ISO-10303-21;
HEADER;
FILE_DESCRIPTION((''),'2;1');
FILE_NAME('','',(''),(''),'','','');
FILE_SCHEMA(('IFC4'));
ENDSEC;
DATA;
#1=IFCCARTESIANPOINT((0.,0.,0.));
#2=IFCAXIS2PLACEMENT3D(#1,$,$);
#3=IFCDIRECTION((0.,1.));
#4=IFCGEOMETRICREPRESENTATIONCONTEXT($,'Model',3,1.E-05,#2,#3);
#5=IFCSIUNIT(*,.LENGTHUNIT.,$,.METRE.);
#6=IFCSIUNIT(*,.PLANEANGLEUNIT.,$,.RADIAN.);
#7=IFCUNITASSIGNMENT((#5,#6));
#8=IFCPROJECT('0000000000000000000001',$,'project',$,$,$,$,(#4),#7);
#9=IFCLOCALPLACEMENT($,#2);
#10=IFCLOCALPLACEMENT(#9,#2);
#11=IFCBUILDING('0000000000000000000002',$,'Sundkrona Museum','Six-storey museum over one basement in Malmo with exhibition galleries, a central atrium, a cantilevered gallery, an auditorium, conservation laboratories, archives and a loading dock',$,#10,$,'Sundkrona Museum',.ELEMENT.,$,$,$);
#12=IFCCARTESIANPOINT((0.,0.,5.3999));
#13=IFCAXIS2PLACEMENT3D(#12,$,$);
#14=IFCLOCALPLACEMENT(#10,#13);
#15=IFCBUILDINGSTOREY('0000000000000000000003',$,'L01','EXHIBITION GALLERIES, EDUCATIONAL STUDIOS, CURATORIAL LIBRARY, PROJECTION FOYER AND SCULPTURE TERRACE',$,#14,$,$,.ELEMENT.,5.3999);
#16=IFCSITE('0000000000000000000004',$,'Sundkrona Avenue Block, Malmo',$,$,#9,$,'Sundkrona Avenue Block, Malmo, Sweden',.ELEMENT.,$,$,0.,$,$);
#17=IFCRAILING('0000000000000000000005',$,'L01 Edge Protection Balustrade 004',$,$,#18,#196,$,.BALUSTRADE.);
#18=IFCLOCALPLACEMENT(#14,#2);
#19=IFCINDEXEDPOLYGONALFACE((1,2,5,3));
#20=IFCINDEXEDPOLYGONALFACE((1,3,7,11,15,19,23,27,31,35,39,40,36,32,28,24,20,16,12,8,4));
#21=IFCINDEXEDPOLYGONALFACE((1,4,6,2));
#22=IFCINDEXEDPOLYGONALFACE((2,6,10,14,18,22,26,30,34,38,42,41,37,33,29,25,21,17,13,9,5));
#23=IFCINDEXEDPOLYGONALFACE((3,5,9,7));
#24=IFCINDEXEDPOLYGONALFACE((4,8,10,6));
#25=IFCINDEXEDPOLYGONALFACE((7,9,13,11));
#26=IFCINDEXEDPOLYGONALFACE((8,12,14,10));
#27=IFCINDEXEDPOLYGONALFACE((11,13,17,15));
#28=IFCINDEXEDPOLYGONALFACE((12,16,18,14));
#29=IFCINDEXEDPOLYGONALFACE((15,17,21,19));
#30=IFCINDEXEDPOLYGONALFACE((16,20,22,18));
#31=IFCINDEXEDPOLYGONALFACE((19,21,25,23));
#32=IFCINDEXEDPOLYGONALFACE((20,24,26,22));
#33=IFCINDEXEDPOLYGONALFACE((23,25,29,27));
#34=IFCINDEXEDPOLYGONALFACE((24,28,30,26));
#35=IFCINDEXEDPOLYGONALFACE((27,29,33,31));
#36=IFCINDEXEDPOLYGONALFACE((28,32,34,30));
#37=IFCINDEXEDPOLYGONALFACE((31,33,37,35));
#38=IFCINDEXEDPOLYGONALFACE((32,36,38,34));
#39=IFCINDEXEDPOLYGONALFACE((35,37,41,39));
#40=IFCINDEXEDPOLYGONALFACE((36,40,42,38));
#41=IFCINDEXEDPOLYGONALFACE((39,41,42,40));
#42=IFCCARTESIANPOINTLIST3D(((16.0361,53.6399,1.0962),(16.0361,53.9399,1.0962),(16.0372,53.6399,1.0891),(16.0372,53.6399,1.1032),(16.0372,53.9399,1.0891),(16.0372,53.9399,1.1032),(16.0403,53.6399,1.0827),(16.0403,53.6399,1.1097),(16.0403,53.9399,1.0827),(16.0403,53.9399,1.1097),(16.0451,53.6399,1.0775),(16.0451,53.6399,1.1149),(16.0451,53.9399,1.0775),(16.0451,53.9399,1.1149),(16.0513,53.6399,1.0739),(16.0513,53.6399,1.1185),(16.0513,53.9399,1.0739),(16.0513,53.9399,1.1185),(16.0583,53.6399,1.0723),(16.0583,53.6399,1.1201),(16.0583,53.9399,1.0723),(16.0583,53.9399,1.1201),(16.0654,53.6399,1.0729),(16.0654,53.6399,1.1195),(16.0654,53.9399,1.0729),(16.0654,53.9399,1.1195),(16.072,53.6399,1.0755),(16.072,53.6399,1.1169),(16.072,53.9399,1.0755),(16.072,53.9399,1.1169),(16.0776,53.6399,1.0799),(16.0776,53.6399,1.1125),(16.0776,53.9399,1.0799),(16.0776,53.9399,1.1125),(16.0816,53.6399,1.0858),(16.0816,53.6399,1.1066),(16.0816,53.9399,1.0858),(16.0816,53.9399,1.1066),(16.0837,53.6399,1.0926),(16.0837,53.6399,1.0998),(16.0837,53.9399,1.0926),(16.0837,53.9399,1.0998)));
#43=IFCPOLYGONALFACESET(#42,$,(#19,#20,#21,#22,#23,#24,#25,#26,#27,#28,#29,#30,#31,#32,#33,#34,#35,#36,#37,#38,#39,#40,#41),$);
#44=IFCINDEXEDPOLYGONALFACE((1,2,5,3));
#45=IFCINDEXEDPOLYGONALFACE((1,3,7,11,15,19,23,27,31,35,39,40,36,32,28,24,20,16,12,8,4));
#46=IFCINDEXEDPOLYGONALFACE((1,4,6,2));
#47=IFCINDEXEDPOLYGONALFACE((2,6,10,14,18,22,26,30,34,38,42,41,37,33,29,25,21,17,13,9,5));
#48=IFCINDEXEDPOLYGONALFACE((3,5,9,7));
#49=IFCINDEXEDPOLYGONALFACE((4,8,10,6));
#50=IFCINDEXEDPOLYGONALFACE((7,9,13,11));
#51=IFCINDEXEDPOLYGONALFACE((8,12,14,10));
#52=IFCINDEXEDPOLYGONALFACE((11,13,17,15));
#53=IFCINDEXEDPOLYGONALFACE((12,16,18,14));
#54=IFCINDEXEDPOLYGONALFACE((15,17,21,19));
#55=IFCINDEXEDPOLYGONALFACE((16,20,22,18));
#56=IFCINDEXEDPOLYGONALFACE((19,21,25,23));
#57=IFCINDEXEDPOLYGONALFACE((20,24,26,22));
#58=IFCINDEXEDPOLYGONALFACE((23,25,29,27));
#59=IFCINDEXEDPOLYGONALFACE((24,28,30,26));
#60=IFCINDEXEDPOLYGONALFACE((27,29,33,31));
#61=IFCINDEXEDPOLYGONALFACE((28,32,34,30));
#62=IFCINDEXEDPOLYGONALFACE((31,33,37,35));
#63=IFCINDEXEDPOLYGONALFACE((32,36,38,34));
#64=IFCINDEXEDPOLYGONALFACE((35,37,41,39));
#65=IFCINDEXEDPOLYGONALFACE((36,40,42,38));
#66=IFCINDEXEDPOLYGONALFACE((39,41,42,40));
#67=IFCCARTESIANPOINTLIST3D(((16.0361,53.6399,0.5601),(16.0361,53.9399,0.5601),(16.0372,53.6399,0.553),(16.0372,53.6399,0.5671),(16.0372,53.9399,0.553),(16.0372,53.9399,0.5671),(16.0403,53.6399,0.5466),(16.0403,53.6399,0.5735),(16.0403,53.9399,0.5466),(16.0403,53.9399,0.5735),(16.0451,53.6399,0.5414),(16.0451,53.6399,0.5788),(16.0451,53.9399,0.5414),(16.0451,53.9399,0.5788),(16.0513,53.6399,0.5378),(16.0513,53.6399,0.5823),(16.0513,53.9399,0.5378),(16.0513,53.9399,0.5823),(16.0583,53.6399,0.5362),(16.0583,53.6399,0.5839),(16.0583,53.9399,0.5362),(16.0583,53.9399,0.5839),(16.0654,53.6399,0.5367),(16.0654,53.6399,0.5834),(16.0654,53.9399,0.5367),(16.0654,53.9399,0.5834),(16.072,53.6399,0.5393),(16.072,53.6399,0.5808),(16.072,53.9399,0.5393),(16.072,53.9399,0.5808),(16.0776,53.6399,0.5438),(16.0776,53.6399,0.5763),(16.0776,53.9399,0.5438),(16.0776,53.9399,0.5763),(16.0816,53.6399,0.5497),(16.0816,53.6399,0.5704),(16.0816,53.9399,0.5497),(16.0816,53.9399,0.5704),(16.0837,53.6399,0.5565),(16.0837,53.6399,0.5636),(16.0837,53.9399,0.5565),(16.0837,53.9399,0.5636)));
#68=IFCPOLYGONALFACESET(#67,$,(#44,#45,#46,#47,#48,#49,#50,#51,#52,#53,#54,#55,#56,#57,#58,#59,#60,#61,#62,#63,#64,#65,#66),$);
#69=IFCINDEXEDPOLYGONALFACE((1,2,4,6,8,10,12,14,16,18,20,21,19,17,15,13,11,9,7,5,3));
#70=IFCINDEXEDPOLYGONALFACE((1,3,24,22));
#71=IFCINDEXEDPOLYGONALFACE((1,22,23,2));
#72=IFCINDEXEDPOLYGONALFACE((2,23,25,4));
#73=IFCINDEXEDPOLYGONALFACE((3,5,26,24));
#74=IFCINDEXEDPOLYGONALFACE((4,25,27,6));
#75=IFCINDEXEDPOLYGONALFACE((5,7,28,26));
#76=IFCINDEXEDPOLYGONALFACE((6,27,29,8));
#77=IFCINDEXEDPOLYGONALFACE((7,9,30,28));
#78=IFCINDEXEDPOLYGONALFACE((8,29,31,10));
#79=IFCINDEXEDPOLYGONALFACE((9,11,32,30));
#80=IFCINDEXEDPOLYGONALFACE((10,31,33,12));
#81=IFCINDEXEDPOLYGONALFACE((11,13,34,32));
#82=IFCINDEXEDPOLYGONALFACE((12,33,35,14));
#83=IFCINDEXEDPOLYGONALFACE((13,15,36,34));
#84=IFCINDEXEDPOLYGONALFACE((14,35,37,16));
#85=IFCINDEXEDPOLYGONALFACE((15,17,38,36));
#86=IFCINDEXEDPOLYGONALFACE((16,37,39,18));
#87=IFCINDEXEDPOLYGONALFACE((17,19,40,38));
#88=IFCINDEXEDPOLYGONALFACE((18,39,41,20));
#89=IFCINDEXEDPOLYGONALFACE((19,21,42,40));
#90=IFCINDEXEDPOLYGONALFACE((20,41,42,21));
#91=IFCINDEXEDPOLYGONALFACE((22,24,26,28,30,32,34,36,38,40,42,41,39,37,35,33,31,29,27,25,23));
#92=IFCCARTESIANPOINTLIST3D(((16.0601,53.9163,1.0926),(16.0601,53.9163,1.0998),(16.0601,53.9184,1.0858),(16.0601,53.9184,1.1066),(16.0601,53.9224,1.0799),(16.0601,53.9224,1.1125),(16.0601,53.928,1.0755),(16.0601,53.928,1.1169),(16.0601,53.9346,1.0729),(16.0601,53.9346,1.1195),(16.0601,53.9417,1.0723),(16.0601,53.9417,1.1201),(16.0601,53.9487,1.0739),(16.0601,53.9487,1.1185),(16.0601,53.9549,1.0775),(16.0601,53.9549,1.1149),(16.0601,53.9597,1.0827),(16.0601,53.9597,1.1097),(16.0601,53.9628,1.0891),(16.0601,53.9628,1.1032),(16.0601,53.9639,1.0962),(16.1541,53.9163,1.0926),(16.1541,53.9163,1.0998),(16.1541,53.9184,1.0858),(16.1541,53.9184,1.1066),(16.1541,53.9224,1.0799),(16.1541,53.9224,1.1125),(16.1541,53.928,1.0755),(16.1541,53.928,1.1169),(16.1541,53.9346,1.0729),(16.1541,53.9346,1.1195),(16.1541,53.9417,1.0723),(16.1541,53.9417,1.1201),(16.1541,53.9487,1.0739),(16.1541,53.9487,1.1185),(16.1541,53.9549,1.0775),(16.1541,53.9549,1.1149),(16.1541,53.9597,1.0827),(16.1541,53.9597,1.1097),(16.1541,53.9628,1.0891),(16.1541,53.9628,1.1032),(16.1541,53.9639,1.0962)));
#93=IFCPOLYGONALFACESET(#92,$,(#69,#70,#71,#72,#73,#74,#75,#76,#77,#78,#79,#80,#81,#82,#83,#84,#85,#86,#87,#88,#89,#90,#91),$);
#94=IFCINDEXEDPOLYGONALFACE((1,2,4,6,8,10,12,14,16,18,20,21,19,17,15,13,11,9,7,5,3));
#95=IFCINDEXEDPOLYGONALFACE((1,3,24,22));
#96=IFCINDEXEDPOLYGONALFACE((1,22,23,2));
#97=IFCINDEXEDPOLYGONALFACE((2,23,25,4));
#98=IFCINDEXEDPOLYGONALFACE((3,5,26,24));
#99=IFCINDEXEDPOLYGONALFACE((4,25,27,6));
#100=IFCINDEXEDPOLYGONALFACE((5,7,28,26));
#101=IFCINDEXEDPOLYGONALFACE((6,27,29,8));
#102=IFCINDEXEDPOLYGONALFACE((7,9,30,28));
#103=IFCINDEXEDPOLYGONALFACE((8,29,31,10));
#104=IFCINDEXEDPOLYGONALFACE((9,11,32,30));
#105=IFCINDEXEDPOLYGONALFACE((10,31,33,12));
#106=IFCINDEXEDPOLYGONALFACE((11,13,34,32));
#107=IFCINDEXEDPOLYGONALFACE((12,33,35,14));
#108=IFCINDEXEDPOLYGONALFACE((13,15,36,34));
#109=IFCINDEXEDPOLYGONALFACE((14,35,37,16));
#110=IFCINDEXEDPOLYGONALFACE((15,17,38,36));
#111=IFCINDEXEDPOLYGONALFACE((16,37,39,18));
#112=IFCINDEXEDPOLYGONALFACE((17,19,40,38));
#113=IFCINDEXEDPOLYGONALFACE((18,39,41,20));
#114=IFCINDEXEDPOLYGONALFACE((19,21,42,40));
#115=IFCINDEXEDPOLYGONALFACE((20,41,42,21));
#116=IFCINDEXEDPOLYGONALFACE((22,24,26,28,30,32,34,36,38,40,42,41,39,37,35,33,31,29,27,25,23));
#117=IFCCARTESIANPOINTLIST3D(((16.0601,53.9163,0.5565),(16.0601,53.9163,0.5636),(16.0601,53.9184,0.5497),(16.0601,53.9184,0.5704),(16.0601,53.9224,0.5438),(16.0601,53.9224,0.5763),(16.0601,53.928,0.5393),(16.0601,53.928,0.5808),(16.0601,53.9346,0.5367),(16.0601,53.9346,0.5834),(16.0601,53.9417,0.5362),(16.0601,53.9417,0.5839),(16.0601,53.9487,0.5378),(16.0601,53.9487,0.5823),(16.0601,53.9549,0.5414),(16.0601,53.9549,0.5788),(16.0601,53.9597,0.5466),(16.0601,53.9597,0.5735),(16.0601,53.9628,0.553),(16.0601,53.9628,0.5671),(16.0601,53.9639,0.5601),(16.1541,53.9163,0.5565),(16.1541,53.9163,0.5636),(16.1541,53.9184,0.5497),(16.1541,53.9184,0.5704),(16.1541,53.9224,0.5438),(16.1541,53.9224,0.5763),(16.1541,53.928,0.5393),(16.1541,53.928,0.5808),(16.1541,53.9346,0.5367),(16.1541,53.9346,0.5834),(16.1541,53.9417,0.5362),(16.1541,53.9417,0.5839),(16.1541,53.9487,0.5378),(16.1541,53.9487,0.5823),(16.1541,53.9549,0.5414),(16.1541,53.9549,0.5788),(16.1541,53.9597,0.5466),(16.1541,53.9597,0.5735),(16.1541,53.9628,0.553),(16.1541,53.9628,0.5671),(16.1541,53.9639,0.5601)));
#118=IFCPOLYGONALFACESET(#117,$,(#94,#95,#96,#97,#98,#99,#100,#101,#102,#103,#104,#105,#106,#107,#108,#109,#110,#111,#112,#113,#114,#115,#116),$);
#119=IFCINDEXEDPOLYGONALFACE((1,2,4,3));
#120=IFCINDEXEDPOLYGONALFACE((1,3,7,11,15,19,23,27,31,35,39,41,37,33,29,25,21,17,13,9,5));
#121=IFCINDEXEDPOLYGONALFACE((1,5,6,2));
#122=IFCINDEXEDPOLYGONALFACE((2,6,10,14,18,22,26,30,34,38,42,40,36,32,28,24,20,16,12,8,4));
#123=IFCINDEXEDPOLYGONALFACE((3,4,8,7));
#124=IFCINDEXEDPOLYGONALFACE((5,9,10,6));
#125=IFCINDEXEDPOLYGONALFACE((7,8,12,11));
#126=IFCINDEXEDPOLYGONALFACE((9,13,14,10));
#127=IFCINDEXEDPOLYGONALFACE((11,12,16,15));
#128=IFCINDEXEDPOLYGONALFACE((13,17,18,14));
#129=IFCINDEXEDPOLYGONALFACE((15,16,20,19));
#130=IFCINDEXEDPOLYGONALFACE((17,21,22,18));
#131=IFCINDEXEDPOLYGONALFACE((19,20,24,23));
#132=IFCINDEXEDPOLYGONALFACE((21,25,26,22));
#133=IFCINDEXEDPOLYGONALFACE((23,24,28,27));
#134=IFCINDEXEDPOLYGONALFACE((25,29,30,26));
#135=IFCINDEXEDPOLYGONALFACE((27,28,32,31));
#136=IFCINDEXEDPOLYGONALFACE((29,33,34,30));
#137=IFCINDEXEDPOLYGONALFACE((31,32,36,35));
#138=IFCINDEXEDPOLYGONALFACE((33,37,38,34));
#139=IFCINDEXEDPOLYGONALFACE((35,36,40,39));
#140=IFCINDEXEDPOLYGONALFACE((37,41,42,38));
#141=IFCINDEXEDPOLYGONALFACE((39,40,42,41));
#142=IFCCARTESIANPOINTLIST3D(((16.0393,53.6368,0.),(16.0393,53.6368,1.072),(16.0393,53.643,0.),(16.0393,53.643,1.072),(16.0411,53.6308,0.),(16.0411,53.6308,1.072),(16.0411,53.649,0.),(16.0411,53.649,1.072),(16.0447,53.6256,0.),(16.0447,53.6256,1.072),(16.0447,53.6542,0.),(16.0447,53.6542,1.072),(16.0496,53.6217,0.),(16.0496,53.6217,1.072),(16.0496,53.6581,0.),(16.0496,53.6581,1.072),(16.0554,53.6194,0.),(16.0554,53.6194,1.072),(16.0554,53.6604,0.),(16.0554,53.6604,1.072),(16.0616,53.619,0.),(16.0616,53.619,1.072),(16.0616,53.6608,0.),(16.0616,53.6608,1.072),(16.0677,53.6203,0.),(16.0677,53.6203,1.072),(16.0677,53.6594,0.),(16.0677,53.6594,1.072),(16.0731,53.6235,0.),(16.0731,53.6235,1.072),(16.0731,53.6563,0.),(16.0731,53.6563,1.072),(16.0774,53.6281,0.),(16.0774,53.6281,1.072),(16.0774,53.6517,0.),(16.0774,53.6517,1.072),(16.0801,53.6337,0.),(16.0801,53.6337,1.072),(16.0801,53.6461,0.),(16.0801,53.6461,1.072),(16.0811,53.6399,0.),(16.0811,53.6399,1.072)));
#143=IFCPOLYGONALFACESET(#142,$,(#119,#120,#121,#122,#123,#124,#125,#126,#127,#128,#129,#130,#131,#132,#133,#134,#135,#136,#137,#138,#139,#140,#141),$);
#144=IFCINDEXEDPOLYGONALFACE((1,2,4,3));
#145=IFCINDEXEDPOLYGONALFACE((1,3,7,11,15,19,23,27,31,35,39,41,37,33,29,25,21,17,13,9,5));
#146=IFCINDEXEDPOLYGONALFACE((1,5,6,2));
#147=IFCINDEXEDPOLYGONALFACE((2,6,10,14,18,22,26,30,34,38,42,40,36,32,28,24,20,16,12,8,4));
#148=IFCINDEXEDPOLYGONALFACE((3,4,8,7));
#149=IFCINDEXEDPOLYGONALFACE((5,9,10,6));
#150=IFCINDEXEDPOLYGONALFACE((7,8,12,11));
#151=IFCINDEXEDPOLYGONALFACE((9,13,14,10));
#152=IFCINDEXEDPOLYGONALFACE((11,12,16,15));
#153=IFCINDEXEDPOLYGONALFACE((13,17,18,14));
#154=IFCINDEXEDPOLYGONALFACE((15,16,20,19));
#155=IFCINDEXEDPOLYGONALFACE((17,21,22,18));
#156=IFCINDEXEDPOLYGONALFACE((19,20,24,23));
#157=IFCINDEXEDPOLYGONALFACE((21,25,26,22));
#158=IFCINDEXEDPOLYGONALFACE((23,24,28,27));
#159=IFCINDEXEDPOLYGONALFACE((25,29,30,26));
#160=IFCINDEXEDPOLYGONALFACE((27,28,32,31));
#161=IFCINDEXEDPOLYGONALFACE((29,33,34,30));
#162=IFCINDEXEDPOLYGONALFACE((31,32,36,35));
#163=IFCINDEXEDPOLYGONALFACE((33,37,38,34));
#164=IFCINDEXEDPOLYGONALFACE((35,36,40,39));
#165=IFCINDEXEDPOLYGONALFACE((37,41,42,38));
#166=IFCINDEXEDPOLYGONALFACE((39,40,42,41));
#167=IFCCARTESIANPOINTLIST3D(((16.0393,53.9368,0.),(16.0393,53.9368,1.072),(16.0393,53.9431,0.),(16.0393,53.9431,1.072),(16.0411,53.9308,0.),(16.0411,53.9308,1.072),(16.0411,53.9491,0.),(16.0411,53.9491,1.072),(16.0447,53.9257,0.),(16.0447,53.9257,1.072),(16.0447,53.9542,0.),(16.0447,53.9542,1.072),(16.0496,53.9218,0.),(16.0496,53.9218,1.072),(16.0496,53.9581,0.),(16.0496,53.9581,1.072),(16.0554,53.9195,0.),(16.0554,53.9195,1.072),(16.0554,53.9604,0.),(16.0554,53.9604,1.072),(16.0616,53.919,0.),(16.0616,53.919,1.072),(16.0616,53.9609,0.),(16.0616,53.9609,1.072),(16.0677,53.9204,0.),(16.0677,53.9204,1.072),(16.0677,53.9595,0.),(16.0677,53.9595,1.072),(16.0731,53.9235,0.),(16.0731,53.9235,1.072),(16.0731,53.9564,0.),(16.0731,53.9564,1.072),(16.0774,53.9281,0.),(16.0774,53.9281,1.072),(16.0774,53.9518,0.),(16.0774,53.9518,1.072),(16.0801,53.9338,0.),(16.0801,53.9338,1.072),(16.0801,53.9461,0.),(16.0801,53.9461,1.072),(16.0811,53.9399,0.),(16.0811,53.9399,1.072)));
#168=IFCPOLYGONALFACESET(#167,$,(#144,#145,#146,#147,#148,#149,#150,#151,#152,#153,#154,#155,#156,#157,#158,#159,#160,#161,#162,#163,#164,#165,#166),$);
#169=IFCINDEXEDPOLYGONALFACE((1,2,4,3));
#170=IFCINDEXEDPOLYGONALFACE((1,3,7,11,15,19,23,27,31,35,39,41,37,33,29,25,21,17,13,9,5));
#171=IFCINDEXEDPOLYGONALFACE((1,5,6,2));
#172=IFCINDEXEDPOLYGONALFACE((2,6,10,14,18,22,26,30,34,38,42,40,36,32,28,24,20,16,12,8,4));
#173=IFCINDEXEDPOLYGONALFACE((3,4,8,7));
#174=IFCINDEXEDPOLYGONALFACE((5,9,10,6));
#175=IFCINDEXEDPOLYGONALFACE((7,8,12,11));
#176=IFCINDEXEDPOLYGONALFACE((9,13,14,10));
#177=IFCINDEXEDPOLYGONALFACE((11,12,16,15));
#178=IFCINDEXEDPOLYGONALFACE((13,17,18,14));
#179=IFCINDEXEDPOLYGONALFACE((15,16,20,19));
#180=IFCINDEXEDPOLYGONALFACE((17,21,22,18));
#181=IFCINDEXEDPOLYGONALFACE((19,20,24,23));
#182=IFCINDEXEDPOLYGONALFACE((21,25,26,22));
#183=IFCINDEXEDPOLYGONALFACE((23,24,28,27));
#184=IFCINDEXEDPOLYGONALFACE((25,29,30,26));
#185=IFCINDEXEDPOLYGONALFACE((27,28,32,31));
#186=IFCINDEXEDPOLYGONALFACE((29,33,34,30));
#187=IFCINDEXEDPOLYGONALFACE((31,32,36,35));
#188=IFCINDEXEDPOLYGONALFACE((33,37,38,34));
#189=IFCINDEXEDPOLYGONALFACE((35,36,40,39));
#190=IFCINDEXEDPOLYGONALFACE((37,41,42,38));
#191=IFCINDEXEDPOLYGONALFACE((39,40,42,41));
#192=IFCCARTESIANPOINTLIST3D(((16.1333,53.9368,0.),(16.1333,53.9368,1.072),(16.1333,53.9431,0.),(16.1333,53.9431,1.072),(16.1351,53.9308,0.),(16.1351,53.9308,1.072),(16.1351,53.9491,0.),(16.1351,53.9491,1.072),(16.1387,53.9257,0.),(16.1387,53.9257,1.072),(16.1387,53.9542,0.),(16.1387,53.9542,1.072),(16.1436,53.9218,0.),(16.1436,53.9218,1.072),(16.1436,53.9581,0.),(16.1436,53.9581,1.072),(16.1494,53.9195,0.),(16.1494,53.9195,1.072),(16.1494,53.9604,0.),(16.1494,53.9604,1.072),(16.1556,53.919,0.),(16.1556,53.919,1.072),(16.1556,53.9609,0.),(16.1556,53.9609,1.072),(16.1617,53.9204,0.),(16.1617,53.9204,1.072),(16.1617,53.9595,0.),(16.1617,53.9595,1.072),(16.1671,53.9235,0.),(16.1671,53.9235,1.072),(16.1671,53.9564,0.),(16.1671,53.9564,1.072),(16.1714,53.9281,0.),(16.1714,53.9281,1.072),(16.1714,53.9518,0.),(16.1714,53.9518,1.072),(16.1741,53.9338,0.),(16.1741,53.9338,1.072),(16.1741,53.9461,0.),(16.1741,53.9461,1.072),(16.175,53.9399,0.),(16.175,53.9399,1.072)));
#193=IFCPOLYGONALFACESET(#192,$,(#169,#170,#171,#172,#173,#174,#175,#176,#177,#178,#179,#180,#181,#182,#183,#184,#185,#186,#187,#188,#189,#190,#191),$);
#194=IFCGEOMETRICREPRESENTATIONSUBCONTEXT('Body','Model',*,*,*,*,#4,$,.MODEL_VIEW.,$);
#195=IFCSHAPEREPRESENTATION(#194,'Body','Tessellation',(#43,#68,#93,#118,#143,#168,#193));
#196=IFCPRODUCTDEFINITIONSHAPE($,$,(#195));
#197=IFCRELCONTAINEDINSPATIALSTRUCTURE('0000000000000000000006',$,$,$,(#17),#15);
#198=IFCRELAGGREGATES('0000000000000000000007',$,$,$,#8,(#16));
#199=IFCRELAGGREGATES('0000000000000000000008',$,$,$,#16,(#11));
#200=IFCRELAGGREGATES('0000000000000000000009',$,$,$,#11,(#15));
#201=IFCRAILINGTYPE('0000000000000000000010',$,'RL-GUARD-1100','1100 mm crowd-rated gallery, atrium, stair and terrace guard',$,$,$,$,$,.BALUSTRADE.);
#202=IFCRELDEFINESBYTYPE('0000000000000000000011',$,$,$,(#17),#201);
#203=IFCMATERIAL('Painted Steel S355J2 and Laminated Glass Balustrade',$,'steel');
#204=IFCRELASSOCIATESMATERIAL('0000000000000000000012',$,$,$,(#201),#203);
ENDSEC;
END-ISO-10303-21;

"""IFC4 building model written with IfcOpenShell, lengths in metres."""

from ifc_helpers import new_model, si_unit, direction, frame, origin, origin_2d, place, context, subcontext, project, spatial, circle, extrude, material, type_object, element, save


model = new_model("IFC4")

# Units and contexts
model_context = context("Model", 3, precision=1e-05, world=origin(), true_north=direction((0.0, 1.0)))
body_context = subcontext(model_context, "Body", "Model", "MODEL_VIEW")
ifc_project = project(units=[si_unit("LENGTHUNIT", "METRE"), si_unit("PLANEANGLEUNIT", "RADIAN")], contexts=[model_context])

# Site, building, storey
site_placement = place(None, origin())
site = spatial("IfcSite", under=ifc_project, at=site_placement, Name="Sundkrona Avenue Block, Malmo", LongName="Sundkrona Avenue Block, Malmo, Sweden", CompositionType="ELEMENT", RefElevation=0.0)
building_placement = place(site_placement, origin())
building = spatial("IfcBuilding", under=site, at=building_placement, Name="Sundkrona Museum", Description="Six-storey museum over one basement in Malmo with exhibition galleries, a central atrium, a cantilevered gallery, an auditorium, conservation laboratories, archives and a loading dock", LongName="Sundkrona Museum", CompositionType="ELEMENT")
storey_placement = place(building_placement, frame((0.0, 0.0, 5.3999)))
storey = spatial("IfcBuildingStorey", under=building, at=storey_placement, Name="L01", Description="EXHIBITION GALLERIES, EDUCATIONAL STUDIOS, CURATORIAL LIBRARY, PROJECTION FOYER AND SCULPTURE TERRACE", CompositionType="ELEMENT", Elevation=5.3999)

# Railing
ifc_material_1 = material(Name="Painted Steel S355J2 and Laminated Glass Balustrade", Category="steel")
railing_type = type_object("IfcRailingType", Name="RL-GUARD-1100", Description="1100 mm crowd-rated gallery, atrium, stair and terrace guard", PredefinedType="BALUSTRADE", material=ifc_material_1)
railing_1_placement = place(storey_placement, frame((16.0601, 53.6399, 0.0)))
element("IfcRailing", 1, at=railing_1_placement, inside=storey, type_object=railing_type, Name="L01 Edge Protection Balustrade 004", PredefinedType="BALUSTRADE", context=body_context, shape_type="SweptSolid", body=[
    extrude(circle(Radius=0.0239, at=origin_2d()), frame((0.0, 0.0, 1.0962), z_axis=(0.0, 1.0, 0.0), x_axis=(-1.0, 0.0, 0.0)), (0.0, 0.0, 1.0), 0.3),
    extrude(circle(Radius=0.0239, at=origin_2d()), frame((0.0, 0.0, 0.5601), z_axis=(0.0, 1.0, 0.0), x_axis=(-1.0, 0.0, 0.0)), (0.0, 0.0, 1.0), 0.3),
    extrude(circle(Radius=0.0239, at=origin_2d()), frame((0.0, 0.3, 1.0962), z_axis=(1.0, 0.0, 0.0), x_axis=(0.0, 1.0, 0.0)), (0.0, 0.0, 1.0), 0.094),
    extrude(circle(Radius=0.0239, at=origin_2d()), frame((0.0, 0.3, 0.5601), z_axis=(1.0, 0.0, 0.0), x_axis=(0.0, 1.0, 0.0)), (0.0, 0.0, 1.0), 0.094),
    extrude(circle(Radius=0.021, at=origin_2d()), origin(), (0.0, 0.0, 1.0), 1.072),
    extrude(circle(Radius=0.021, at=origin_2d()), frame((0.0, 0.3, 0.0)), (0.0, 0.0, 1.0), 1.072),
    extrude(circle(Radius=0.021, at=origin_2d()), frame((0.094, 0.3, 0.0)), (0.0, 0.0, 1.0), 1.072),
])

save(model, "model.ifc")
